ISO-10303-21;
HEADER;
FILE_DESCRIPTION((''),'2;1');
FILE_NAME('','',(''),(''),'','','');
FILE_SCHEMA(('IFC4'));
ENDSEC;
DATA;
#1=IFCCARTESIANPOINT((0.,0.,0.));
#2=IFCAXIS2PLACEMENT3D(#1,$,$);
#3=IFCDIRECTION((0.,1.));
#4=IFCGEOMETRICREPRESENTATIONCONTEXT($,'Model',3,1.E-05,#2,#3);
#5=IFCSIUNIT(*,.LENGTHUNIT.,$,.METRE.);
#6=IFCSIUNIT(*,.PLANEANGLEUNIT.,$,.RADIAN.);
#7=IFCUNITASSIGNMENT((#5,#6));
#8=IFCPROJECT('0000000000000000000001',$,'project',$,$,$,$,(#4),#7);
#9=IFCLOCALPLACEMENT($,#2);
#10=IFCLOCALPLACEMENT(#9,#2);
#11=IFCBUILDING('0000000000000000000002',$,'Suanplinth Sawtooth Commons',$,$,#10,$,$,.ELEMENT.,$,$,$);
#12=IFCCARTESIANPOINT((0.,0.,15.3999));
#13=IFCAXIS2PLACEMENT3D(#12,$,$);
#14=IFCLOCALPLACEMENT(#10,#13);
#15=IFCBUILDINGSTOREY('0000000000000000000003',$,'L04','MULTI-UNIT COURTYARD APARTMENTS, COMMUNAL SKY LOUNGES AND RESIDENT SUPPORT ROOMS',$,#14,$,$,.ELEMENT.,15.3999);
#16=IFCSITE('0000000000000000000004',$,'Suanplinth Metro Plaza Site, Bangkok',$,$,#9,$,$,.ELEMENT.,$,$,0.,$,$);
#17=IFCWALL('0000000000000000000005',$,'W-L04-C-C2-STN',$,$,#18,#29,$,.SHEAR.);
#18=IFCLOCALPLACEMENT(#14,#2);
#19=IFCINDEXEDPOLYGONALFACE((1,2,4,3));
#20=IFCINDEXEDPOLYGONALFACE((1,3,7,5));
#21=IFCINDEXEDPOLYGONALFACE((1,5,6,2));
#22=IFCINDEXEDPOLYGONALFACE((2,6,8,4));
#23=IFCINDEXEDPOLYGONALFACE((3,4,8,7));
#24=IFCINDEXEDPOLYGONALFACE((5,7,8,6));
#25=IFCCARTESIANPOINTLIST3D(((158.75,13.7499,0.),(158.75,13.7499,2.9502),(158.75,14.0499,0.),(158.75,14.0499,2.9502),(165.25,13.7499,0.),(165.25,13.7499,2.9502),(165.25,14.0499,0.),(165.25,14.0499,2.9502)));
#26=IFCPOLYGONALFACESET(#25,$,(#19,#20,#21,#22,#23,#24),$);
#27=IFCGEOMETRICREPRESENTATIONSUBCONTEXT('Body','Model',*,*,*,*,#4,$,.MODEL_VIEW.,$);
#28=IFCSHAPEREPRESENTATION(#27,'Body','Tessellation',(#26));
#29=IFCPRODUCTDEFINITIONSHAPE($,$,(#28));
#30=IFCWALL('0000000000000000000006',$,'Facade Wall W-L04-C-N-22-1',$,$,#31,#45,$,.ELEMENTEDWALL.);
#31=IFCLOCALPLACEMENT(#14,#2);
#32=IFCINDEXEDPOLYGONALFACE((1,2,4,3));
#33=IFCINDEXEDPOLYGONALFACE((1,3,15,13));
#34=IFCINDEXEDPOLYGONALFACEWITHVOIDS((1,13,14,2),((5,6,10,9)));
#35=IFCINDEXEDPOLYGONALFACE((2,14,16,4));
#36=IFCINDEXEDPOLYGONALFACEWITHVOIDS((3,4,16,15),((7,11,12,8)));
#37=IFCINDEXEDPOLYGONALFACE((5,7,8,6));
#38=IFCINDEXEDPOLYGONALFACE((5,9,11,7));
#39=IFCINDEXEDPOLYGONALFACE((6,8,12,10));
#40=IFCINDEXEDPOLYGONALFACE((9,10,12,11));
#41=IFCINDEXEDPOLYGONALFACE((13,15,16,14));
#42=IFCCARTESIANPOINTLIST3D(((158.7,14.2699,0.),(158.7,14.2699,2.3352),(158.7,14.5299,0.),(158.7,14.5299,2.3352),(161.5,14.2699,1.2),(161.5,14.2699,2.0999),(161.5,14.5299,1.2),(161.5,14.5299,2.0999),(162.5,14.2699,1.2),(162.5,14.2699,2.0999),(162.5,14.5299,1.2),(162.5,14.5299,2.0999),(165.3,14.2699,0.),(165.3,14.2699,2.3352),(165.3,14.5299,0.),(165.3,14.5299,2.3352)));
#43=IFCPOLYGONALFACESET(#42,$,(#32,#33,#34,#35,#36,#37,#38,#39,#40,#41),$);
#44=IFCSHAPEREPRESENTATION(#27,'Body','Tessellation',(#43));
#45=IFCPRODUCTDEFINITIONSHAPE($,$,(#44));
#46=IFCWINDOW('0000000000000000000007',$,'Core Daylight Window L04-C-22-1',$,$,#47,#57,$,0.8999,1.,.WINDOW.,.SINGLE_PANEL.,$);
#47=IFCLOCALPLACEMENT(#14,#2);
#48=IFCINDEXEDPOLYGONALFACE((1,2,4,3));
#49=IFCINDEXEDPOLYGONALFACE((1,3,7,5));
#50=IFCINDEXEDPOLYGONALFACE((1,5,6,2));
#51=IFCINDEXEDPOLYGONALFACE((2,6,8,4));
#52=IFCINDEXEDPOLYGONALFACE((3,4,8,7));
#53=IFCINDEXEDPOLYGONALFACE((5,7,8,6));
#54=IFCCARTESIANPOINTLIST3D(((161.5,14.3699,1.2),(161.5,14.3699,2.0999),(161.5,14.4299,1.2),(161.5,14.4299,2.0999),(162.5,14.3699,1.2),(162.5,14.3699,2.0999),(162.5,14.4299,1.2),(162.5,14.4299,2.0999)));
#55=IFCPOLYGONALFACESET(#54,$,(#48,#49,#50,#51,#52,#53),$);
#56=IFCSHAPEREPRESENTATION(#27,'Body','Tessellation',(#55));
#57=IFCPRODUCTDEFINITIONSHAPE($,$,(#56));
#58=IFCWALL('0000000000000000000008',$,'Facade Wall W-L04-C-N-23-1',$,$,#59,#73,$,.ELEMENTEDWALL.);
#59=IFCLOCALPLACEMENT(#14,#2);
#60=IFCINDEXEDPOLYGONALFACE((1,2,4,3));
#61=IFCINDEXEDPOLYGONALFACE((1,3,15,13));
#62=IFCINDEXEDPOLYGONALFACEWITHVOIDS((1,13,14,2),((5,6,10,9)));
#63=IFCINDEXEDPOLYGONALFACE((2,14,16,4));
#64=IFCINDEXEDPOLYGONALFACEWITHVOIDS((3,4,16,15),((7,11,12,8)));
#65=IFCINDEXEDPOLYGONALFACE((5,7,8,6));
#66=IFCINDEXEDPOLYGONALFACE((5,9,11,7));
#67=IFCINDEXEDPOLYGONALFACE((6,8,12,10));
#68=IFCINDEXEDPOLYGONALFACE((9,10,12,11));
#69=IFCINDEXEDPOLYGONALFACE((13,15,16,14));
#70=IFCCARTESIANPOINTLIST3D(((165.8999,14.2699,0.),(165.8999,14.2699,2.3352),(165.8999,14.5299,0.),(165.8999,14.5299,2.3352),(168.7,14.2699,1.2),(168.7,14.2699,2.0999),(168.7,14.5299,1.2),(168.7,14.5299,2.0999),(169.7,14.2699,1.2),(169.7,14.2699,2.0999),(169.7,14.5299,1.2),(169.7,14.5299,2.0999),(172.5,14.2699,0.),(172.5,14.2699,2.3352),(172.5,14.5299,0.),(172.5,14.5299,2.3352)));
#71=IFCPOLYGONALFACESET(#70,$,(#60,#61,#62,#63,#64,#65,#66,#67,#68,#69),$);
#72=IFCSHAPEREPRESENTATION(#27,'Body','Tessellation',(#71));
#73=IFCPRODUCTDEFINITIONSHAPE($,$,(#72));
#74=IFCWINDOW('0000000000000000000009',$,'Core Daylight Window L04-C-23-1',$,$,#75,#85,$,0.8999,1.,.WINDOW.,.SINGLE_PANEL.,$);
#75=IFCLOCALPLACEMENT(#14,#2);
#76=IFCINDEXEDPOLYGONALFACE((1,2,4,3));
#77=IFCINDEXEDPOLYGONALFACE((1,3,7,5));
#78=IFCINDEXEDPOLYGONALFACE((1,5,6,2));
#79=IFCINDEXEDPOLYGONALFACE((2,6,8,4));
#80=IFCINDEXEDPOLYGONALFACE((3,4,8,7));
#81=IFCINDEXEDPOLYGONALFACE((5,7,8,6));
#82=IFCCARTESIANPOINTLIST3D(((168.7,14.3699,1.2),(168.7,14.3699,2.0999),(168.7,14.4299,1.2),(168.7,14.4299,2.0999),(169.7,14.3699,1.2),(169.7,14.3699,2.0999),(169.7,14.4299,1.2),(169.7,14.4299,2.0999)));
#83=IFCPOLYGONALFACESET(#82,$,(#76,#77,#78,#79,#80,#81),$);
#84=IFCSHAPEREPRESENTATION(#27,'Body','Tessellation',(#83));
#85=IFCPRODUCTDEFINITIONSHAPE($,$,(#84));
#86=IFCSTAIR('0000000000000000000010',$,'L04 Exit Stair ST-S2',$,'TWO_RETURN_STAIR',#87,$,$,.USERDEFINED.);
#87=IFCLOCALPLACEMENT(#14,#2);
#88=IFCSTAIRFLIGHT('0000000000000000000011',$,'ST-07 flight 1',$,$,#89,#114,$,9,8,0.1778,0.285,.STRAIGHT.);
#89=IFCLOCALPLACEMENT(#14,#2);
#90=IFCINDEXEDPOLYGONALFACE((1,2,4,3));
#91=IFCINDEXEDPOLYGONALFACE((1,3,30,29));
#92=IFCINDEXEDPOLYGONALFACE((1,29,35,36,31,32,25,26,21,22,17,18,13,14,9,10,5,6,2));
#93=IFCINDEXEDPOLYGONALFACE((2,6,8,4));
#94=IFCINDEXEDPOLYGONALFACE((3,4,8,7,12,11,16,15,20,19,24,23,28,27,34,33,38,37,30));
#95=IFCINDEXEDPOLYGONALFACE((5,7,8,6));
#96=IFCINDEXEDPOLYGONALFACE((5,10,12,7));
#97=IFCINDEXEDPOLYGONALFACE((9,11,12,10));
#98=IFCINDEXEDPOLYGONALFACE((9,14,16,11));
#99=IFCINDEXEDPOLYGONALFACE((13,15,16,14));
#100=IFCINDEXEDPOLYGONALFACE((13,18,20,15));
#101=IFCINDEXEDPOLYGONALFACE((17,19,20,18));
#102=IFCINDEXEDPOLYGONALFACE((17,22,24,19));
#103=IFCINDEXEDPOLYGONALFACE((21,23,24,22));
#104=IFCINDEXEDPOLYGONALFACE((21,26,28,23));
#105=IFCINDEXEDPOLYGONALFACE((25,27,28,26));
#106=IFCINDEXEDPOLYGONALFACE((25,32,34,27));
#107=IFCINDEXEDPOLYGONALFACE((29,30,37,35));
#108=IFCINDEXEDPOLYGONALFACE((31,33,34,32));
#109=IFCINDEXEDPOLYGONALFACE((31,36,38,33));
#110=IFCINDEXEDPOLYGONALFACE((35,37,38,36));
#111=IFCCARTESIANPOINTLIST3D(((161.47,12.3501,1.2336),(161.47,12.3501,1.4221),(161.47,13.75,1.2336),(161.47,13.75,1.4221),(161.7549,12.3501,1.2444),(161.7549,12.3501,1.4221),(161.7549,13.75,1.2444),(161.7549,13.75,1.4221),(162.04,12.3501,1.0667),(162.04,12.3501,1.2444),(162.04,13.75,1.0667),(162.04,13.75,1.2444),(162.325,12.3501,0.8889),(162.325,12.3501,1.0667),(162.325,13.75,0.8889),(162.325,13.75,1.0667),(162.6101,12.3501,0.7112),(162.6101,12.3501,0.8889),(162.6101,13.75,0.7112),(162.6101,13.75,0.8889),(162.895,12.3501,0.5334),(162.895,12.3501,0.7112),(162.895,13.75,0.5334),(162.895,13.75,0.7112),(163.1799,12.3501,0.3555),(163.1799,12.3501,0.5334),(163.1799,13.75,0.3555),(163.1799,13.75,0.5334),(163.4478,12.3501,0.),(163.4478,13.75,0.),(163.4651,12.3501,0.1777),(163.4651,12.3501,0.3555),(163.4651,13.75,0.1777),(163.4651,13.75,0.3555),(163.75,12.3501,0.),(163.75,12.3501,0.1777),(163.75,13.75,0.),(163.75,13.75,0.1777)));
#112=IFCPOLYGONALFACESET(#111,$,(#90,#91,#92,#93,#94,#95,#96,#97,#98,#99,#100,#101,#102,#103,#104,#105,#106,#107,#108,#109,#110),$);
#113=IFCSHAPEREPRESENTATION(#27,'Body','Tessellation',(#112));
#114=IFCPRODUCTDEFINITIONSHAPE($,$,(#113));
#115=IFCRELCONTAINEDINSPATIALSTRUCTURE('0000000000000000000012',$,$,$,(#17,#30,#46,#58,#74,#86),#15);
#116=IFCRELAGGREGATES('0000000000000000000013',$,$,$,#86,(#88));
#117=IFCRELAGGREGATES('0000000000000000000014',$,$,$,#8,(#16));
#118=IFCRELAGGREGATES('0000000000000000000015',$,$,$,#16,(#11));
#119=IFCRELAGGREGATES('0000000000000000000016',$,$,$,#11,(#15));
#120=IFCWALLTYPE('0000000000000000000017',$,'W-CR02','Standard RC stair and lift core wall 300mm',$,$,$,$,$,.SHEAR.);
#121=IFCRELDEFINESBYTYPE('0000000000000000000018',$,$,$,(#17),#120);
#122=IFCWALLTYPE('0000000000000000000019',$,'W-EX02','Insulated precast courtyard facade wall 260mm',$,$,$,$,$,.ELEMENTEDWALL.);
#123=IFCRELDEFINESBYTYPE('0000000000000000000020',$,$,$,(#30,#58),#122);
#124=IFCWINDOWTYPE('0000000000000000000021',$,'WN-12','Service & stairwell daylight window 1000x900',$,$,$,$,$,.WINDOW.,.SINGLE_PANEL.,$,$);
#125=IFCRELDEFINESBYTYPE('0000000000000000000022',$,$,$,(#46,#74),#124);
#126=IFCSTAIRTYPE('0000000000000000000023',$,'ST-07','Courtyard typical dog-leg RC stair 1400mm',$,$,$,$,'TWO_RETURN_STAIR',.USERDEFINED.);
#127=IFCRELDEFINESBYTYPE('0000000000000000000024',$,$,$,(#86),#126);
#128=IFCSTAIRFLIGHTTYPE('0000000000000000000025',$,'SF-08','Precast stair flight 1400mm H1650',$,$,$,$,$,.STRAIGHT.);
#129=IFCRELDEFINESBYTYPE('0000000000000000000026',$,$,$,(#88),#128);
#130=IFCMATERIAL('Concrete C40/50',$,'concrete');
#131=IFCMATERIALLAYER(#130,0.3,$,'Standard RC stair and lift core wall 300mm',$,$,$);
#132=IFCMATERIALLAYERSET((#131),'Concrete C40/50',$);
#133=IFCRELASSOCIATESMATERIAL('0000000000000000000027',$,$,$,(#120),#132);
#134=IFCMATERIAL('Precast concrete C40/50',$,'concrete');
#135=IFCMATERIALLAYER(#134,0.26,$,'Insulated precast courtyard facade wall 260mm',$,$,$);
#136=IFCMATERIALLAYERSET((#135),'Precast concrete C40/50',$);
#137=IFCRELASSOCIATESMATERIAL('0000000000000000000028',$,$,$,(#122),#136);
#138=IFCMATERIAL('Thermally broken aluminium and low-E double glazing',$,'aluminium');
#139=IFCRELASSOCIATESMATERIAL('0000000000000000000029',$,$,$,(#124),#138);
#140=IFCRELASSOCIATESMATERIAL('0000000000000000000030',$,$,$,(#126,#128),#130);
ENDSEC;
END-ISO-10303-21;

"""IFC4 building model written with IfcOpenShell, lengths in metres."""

from ifc_helpers import new_model, si_unit, direction, frame, frame_2d, origin, place, context, subcontext, project, spatial, polyline, rectangle, outline, extrude, material, layer, layer_set, type_object, element, fill, aggregate, save


model = new_model("IFC4")

# Units and contexts
model_context = context("Model", 3, precision=1e-05, world=origin(), true_north=direction((0.0, 1.0)))
body_context = subcontext(model_context, "Body", "Model", "MODEL_VIEW")
ifc_project = project(units=[si_unit("LENGTHUNIT", "METRE"), si_unit("PLANEANGLEUNIT", "RADIAN")], contexts=[model_context])

# Site, building, storey
site_placement = place(None, origin())
site = spatial("IfcSite", under=ifc_project, at=site_placement, Name="Suanplinth Metro Plaza Site, Bangkok", CompositionType="ELEMENT", RefElevation=0.0)
building_placement = place(site_placement, origin())
building = spatial("IfcBuilding", under=site, at=building_placement, Name="Suanplinth Sawtooth Commons", CompositionType="ELEMENT")
storey_placement = place(building_placement, frame((0.0, 0.0, 15.3999)))
storey = spatial("IfcBuildingStorey", under=building, at=storey_placement, Name="L04", Description="MULTI-UNIT COURTYARD APARTMENTS, COMMUNAL SKY LOUNGES AND RESIDENT SUPPORT ROOMS", CompositionType="ELEMENT", Elevation=15.3999)

# Shared definitions
ifc_material_1 = material(Name="Precast concrete C40/50", Category="concrete")

# Wall
ifc_material_2 = material(Name="Concrete C40/50", Category="concrete")
ifc_layer_1 = layer(ifc_material_2, 0.3, Name="Standard RC stair and lift core wall 300mm")
ifc_layer_set_1 = layer_set([ifc_layer_1], Name="Concrete C40/50")
wall_type_1 = type_object("IfcWallType", Name="W-CR02", Description="Standard RC stair and lift core wall 300mm", PredefinedType="SHEAR", material=ifc_layer_set_1)
wall_1_placement = place(storey_placement, frame((158.75, 13.8999, 0.0), z_axis=(0.0, 0.0, 1.0), x_axis=(1.0, 0.0, 0.0)))
element("IfcWall", 1, at=wall_1_placement, inside=storey, type_object=wall_type_1, Name="W-L04-C-C2-STN", PredefinedType="SHEAR", context=body_context, shape_type="SweptSolid", body=[
    extrude(rectangle(XDim=6.5, YDim=0.3, at=frame_2d((3.25, 0.0))), origin(), (0.0, 0.0, 1.0), 2.9502),
])

# Shared definitions
ifc_layer_2 = layer(ifc_material_1, 0.26, Name="Insulated precast courtyard facade wall 260mm")
ifc_layer_set_2 = layer_set([ifc_layer_2], Name="Precast concrete C40/50")
wall_type_2 = type_object("IfcWallType", Name="W-EX02", Description="Insulated precast courtyard facade wall 260mm", PredefinedType="ELEMENTEDWALL", material=ifc_layer_set_2)
ifc_material_3 = material(Name="Thermally broken aluminium and low-E double glazing", Category="aluminium")

# Walls, openings, windows
wall_2_placement = place(storey_placement, frame((158.7, 14.3999, 0.0), z_axis=(0.0, 0.0, 1.0), x_axis=(1.0, 0.0, 0.0)))
wall_2 = element("IfcWall", 2, at=wall_2_placement, inside=storey, type_object=wall_type_2, Name="Facade Wall W-L04-C-N-22-1", PredefinedType="ELEMENTEDWALL", context=body_context, shape_type="SweptSolid", body=[
    extrude(rectangle(XDim=6.6001, YDim=0.26, at=frame_2d((3.3, 0.0))), origin(), (0.0, 0.0, 1.0), 2.3352),
])
opening_1_placement = place(wall_2_placement, frame((2.8, 0.0, 1.2)))
opening_1 = element("IfcOpeningElement", 3, at=opening_1_placement, cuts=wall_2, PredefinedType="OPENING", context=body_context, shape_type="SweptSolid", body=[
    extrude(rectangle(XDim=1.0, YDim=0.8999, at=frame_2d((0.5, 0.45))), frame((0.0, 0.145, 0.0), z_axis=(0.0, -1.0, 0.0), x_axis=(1.0, 0.0, 0.0)), (0.0, 0.0, 1.0), 0.2898),
])
window_type_1 = type_object("IfcWindowType", Name="WN-12", Description="Service & stairwell daylight window 1000x900", PartitioningType="SINGLE_PANEL", PredefinedType="WINDOW", material=ifc_material_3)
window_1_placement = place(opening_1_placement, origin())
window_1 = element("IfcWindow", 4, at=window_1_placement, inside=storey, type_object=window_type_1, Name="Core Daylight Window L04-C-22-1", OverallHeight=0.8999, OverallWidth=1.0, PartitioningType="SINGLE_PANEL", PredefinedType="WINDOW", context=body_context, shape_type="SweptSolid", body=[
    extrude(rectangle(XDim=1.0, YDim=0.8999, at=frame_2d((0.5, 0.45))), frame((0.0, 0.03, 0.0), z_axis=(0.0, -1.0, 0.0), x_axis=(1.0, 0.0, 0.0)), (0.0, 0.0, 1.0), 0.0601),
])
fill(opening_1, window_1)
wall_3_placement = place(storey_placement, frame((165.8999, 14.3999, 0.0), z_axis=(0.0, 0.0, 1.0), x_axis=(1.0, 0.0, 0.0)))
wall_3 = element("IfcWall", 5, at=wall_3_placement, inside=storey, type_object=wall_type_2, Name="Facade Wall W-L04-C-N-23-1", PredefinedType="ELEMENTEDWALL", context=body_context, shape_type="SweptSolid", body=[
    extrude(rectangle(XDim=6.6001, YDim=0.26, at=frame_2d((3.3, 0.0))), origin(), (0.0, 0.0, 1.0), 2.3352),
])
opening_2_placement = place(wall_3_placement, frame((2.8, 0.0, 1.2)))
opening_2 = element("IfcOpeningElement", 6, at=opening_2_placement, cuts=wall_3, PredefinedType="OPENING", context=body_context, shape_type="SweptSolid", body=[
    extrude(rectangle(XDim=1.0, YDim=0.8999, at=frame_2d((0.5, 0.45))), frame((0.0, 0.145, 0.0), z_axis=(0.0, -1.0, 0.0), x_axis=(1.0, 0.0, 0.0)), (0.0, 0.0, 1.0), 0.2898),
])
window_2_placement = place(opening_2_placement, origin())
window_2 = element("IfcWindow", 7, at=window_2_placement, inside=storey, type_object=window_type_1, Name="Core Daylight Window L04-C-23-1", OverallHeight=0.8999, OverallWidth=1.0, PartitioningType="SINGLE_PANEL", PredefinedType="WINDOW", context=body_context, shape_type="SweptSolid", body=[
    extrude(rectangle(XDim=1.0, YDim=0.8999, at=frame_2d((0.5, 0.45))), frame((0.0, 0.03, 0.0), z_axis=(0.0, -1.0, 0.0), x_axis=(1.0, 0.0, 0.0)), (0.0, 0.0, 1.0), 0.0601),
])
fill(opening_2, window_2)

# Stair, stair flight
stair_type = type_object("IfcStairType", Name="ST-07", Description="Courtyard typical dog-leg RC stair 1400mm", ElementType="TWO_RETURN_STAIR", PredefinedType="USERDEFINED", material=ifc_material_2)
stair_placement = place(storey_placement, origin())
stair = element("IfcStair", 8, at=stair_placement, inside=storey, type_object=stair_type, Name="L04 Exit Stair ST-S2", ObjectType="TWO_RETURN_STAIR", PredefinedType="USERDEFINED")
stair_flight_type = type_object("IfcStairFlightType", Name="SF-08", Description="Precast stair flight 1400mm H1650", PredefinedType="STRAIGHT", material=ifc_material_2)
stair_flight_placement = place(storey_placement, frame((163.75, 13.05, 0.0), z_axis=(0.0, 0.0, 1.0), x_axis=(-1.0, 0.0, 0.0)))
stair_flight = element("IfcStairFlight", 9, at=stair_flight_placement, type_object=stair_flight_type, Name="ST-07 flight 1", NumberOfRisers=9, NumberOfTreads=8, PredefinedType="STRAIGHT", RiserHeight=0.1778, TreadLength=0.285, context=body_context, shape_type="SweptSolid", body=[
    extrude(outline(polyline([(0.0, 0.0), (0.0, 0.1777), (0.2849, 0.1777), (0.2849, 0.3555), (0.5701, 0.3555), (0.5701, 0.5334), (0.855, 0.5334), (0.855, 0.7112), (1.1399, 0.7112), (1.1399, 0.8889), (1.425, 0.8889), (1.425, 1.0667), (1.71, 1.0667), (1.71, 1.2444), (1.9951, 1.2444), (1.9951, 1.4221), (2.28, 1.4221), (2.28, 1.6001), (2.28, 1.2336), (0.3022, 0.0), (0.0, 0.0)])), frame((0.0, 0.7, 0.0), z_axis=(0.0, -1.0, 0.0), x_axis=(1.0, 0.0, 0.0)), (0.0, 0.0, 1.0), 1.3999),
])
aggregate(stair, [stair_flight])

save(model, "model.ifc")
